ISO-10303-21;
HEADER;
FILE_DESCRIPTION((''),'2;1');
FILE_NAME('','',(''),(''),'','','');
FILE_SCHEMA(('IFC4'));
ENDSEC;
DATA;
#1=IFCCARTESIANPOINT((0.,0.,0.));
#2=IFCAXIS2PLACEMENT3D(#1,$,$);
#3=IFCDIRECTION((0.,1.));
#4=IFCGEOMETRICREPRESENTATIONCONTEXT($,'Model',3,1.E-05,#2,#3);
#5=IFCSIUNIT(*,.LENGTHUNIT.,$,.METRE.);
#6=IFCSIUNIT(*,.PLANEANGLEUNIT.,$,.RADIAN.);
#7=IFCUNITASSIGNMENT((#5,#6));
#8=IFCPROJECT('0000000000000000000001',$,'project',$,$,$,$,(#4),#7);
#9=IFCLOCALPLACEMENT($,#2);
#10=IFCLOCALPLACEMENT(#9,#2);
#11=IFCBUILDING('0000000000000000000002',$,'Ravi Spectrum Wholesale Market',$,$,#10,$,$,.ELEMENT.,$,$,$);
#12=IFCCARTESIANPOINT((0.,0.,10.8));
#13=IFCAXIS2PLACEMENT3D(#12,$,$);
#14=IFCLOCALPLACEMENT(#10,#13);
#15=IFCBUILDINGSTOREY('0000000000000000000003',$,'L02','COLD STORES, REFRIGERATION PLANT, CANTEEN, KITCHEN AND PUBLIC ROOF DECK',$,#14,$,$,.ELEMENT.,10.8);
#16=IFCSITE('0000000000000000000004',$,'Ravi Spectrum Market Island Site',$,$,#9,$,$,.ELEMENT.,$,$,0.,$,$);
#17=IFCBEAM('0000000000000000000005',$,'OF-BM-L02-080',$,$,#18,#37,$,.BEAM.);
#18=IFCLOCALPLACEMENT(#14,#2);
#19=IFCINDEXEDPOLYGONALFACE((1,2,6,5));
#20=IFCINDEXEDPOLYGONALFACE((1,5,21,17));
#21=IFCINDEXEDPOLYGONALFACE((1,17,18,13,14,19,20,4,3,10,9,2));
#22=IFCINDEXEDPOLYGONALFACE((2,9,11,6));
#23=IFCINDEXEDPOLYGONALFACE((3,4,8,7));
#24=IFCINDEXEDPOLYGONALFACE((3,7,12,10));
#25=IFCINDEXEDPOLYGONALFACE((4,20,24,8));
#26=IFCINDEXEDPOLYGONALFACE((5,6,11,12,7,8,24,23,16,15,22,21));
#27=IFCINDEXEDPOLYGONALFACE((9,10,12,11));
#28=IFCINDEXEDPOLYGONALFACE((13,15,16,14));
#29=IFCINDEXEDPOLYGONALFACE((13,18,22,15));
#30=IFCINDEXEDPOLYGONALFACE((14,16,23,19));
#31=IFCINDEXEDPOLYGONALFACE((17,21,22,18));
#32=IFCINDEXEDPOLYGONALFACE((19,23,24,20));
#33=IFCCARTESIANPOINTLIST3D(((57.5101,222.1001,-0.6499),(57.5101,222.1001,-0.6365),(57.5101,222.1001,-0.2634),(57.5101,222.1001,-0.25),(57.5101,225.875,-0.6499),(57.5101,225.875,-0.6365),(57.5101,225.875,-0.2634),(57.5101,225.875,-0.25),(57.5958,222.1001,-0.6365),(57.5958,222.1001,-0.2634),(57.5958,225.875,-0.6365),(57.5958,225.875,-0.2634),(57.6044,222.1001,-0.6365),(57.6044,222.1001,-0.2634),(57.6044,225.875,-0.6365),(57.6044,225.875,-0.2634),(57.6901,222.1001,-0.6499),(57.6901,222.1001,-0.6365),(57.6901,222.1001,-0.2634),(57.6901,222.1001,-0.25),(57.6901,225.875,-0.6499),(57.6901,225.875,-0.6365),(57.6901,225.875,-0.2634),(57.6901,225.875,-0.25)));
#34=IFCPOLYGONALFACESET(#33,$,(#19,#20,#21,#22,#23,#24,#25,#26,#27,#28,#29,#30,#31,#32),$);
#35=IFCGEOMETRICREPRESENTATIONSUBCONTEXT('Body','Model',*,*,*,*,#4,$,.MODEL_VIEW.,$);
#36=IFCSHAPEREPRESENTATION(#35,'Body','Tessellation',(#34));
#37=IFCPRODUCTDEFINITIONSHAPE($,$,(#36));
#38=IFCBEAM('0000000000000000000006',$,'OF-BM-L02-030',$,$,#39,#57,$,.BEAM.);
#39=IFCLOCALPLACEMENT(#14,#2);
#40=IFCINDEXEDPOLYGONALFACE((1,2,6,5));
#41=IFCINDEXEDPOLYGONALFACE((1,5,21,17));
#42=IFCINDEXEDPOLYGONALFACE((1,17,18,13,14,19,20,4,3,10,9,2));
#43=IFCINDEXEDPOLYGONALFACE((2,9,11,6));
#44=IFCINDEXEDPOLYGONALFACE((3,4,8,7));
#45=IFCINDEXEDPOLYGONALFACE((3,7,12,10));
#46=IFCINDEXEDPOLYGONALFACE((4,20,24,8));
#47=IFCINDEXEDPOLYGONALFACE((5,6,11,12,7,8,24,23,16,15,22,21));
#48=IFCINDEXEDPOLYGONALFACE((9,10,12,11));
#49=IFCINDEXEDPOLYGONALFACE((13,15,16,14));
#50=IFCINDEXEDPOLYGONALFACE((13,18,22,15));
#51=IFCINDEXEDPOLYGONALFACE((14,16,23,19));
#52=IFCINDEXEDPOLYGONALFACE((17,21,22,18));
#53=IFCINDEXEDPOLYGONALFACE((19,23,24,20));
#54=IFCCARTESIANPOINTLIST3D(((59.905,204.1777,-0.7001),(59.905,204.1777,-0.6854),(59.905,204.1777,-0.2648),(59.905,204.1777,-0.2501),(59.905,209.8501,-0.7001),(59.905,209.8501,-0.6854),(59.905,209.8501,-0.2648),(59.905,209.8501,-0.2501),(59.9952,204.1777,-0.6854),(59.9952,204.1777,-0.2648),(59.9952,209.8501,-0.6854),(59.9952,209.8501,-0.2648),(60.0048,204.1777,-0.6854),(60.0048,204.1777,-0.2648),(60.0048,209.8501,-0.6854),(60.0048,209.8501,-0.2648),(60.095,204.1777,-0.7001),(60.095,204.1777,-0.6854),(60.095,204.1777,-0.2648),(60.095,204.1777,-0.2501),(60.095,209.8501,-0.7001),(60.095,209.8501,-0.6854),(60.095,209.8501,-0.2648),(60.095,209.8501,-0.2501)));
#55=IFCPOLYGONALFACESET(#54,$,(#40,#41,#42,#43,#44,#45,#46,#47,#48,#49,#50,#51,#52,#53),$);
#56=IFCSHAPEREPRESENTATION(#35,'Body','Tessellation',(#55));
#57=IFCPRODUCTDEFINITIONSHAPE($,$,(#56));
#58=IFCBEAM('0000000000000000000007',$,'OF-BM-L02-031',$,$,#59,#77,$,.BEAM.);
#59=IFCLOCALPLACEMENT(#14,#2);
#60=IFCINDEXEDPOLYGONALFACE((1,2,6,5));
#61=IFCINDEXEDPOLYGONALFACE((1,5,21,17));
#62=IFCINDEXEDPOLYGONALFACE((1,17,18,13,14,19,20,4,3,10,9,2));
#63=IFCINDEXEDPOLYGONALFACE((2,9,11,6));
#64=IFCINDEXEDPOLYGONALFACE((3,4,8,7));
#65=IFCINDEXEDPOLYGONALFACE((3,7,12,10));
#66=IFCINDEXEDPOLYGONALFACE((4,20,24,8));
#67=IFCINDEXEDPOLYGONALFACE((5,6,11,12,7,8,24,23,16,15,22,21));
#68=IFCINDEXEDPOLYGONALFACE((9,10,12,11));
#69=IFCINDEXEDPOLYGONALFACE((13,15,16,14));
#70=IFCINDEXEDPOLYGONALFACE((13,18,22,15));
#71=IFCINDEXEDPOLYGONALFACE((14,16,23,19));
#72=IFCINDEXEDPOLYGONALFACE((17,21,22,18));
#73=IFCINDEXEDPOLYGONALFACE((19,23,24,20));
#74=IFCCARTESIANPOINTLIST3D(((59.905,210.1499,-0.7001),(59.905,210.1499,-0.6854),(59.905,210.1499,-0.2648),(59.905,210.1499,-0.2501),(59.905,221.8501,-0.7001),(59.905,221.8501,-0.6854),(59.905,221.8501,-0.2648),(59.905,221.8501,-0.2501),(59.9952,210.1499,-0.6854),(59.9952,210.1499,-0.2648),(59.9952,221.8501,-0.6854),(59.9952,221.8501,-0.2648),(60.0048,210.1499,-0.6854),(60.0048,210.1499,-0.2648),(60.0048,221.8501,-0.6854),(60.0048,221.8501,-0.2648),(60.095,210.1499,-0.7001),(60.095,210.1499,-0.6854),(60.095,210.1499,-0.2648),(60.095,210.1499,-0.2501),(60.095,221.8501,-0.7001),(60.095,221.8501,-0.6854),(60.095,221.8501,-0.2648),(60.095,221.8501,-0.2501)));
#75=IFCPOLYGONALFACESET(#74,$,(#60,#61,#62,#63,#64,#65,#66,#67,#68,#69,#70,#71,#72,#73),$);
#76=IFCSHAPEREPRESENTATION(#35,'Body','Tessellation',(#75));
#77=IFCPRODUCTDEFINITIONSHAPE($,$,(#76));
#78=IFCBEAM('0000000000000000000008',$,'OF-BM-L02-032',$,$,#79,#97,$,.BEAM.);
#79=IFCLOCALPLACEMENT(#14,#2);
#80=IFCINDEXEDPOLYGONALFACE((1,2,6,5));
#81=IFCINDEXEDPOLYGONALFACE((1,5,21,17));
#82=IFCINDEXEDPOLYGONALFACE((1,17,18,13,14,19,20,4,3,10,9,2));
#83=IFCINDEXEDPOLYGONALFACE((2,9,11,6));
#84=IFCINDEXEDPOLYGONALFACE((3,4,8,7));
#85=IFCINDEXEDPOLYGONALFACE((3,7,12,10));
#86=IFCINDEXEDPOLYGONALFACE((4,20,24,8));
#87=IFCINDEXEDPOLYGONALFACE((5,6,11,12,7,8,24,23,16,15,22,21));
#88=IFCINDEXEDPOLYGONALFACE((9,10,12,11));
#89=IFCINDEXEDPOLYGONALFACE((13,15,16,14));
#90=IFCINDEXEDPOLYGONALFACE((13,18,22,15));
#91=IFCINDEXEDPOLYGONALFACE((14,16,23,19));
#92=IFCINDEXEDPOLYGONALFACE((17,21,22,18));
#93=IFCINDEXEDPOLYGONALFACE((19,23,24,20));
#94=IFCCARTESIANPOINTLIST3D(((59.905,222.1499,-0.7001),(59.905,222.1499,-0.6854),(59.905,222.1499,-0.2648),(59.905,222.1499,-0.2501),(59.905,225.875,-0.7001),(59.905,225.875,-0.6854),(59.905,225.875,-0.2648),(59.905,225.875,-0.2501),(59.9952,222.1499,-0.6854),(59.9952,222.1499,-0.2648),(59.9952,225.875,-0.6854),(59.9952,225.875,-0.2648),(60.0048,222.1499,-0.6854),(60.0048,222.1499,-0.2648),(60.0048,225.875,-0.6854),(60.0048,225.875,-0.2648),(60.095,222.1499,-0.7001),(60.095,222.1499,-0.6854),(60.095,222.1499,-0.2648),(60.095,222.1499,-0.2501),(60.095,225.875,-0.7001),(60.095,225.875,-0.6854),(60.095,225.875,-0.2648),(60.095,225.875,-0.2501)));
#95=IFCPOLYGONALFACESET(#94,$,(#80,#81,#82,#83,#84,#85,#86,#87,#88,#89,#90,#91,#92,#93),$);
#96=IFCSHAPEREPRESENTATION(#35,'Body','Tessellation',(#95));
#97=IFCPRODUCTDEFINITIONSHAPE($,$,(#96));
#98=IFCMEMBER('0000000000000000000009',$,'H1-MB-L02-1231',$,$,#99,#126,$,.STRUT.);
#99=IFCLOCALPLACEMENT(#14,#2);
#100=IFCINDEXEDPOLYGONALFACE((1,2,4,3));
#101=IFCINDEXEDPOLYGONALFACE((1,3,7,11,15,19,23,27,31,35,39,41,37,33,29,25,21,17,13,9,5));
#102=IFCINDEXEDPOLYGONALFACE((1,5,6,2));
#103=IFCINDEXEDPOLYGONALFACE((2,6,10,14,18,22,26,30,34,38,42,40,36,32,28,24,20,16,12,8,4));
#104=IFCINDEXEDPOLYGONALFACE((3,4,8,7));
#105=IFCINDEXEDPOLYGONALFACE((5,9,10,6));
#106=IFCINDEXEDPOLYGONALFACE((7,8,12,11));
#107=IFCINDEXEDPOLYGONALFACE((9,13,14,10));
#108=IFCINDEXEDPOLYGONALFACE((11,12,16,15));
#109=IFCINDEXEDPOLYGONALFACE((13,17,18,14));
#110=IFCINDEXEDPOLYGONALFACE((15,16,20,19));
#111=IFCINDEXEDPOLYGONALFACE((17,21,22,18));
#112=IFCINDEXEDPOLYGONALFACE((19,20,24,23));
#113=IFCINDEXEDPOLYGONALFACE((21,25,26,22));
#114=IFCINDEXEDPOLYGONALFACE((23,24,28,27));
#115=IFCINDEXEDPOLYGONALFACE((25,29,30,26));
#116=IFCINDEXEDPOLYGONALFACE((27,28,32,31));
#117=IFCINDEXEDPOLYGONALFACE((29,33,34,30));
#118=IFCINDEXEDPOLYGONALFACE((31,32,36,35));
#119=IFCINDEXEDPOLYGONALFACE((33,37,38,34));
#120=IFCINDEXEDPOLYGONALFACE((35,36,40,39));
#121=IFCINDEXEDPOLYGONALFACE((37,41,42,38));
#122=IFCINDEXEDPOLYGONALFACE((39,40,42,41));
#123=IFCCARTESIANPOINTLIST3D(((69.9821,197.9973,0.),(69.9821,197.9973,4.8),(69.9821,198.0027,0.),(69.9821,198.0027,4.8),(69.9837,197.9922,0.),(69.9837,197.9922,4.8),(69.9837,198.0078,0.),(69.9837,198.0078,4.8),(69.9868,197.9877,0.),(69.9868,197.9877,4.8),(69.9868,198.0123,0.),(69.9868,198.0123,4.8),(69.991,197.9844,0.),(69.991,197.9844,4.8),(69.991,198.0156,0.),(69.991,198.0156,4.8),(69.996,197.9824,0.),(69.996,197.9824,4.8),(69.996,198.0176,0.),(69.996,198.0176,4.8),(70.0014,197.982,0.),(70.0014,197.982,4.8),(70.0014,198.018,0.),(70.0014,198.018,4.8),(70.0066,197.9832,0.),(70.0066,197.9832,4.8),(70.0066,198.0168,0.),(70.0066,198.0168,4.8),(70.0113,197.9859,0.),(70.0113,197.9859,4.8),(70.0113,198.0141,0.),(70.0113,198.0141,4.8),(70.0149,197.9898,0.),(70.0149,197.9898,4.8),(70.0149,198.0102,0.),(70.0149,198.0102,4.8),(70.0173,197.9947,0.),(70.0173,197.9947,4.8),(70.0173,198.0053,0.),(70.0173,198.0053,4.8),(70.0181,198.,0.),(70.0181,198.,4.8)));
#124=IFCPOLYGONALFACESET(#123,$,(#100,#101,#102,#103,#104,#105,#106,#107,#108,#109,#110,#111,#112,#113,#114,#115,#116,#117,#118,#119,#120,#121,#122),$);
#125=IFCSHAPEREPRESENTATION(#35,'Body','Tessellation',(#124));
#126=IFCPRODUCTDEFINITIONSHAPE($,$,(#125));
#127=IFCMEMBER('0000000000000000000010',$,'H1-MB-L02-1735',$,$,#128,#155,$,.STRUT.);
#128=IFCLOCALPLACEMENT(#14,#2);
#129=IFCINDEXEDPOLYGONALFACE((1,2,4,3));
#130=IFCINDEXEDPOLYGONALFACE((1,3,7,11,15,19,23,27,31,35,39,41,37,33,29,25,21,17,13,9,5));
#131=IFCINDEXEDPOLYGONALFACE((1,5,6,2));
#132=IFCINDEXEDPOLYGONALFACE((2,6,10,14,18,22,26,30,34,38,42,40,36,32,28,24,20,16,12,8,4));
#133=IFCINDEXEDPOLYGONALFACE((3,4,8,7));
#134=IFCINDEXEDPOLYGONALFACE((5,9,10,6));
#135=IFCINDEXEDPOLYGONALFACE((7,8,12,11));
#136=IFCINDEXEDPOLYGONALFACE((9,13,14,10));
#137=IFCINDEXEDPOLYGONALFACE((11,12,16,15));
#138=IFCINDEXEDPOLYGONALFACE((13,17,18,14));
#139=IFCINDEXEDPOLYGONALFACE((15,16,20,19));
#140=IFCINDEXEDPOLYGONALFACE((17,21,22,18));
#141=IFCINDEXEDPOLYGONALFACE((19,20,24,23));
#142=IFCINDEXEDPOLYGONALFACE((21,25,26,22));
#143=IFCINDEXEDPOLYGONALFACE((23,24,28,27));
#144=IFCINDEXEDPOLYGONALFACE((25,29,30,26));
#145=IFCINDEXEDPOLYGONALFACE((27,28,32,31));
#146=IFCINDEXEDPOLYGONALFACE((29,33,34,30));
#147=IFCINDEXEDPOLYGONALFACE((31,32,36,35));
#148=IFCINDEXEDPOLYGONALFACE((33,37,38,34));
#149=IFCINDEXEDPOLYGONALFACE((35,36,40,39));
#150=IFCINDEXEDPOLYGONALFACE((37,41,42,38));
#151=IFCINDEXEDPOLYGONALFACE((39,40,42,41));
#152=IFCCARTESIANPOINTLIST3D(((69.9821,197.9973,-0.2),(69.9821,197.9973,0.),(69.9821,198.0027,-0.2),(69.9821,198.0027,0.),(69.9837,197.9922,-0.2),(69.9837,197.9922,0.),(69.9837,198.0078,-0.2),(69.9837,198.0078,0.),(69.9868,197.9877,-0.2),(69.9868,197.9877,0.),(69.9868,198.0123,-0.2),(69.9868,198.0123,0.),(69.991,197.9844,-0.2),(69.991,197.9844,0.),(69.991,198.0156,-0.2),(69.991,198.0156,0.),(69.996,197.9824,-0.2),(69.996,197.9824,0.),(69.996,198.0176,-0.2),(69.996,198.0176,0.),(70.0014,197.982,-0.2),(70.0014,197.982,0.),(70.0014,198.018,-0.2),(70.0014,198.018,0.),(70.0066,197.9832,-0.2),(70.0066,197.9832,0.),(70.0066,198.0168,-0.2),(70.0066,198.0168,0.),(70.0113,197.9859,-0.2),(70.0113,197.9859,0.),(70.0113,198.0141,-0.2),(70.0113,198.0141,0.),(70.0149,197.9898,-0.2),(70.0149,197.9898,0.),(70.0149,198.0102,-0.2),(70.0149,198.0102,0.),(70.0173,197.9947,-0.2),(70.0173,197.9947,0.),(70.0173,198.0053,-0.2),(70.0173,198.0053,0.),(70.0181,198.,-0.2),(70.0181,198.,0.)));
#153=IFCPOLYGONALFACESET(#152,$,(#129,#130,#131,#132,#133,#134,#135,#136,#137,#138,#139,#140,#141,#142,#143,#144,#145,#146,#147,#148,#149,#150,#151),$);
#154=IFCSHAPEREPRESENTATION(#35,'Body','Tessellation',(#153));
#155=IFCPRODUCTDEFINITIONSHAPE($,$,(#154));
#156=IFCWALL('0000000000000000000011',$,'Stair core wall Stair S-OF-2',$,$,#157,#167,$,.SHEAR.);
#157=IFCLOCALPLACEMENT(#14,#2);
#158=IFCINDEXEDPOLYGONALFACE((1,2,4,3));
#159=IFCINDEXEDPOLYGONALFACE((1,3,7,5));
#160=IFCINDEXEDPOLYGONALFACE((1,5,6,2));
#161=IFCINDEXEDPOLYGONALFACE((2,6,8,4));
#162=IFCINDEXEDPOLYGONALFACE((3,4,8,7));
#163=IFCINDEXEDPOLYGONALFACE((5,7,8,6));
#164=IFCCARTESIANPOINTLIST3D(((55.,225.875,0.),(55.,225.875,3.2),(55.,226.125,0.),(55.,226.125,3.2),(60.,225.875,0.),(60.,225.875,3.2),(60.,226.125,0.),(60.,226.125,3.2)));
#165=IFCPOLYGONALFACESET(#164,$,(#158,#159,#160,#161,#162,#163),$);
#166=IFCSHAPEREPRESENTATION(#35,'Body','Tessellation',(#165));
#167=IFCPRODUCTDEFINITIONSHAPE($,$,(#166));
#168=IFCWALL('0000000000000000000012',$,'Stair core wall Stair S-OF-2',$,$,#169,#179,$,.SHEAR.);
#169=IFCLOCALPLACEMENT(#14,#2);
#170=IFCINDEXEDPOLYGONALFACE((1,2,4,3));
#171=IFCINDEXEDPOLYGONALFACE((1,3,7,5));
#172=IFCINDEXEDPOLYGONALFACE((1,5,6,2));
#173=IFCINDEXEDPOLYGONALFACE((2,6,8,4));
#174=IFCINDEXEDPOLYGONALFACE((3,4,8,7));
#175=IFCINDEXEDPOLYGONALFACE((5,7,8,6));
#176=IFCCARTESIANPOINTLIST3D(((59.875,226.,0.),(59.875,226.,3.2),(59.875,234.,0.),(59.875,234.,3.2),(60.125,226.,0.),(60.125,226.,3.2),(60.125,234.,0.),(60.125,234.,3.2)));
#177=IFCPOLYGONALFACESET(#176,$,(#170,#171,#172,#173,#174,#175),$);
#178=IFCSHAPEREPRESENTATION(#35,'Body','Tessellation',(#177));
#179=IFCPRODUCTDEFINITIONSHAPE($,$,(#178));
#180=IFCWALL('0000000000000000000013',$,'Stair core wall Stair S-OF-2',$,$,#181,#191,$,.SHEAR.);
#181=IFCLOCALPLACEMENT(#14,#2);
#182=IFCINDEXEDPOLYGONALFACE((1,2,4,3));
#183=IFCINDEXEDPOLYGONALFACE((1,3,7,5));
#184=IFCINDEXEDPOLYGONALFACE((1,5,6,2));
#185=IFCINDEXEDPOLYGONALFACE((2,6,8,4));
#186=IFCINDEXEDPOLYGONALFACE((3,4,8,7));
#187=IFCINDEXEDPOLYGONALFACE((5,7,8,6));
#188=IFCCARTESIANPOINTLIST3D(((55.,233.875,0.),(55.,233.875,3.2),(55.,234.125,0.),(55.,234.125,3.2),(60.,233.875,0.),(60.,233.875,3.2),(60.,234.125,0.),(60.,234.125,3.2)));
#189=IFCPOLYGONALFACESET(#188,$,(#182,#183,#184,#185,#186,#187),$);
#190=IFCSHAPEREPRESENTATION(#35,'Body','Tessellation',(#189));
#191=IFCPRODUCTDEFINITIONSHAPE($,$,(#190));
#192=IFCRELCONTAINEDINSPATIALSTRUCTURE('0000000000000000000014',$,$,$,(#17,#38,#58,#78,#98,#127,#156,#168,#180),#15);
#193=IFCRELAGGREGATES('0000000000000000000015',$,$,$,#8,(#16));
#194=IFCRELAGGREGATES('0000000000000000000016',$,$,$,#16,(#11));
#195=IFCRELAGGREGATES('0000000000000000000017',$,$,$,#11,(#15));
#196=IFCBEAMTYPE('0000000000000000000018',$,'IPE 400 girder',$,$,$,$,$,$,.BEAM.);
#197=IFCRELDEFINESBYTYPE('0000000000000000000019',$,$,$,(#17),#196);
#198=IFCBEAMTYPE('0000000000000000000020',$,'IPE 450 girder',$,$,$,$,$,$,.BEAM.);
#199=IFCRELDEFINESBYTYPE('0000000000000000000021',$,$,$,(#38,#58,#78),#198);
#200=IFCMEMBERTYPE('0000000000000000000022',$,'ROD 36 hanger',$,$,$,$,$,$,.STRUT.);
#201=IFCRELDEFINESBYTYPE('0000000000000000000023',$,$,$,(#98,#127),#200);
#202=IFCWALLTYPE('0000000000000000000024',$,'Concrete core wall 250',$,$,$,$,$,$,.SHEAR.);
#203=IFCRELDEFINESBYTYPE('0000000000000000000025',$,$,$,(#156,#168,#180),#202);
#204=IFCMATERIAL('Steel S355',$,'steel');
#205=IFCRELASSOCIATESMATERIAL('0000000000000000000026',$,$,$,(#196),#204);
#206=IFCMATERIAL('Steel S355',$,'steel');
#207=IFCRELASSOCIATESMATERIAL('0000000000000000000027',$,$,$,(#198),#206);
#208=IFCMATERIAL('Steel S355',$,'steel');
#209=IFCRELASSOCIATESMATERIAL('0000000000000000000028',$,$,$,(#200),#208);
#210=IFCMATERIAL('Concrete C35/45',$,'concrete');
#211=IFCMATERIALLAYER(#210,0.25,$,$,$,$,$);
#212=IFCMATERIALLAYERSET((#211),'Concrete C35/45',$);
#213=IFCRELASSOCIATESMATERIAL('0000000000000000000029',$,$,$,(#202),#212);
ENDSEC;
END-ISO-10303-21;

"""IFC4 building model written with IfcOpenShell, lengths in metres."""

from ifc_helpers import new_model, si_unit, direction, frame, frame_2d, origin, origin_2d, place, context, subcontext, project, spatial, rectangle, circle, i_section, extrude, material, layer, layer_set, material_profile, profile_set, type_object, element, save


model = new_model("IFC4")

# Units and contexts
model_context = context("Model", 3, precision=1e-05, world=origin(), true_north=direction((0.0, 1.0)))
body_context = subcontext(model_context, "Body", "Model", "MODEL_VIEW")
ifc_project = project(units=[si_unit("LENGTHUNIT", "METRE"), si_unit("PLANEANGLEUNIT", "RADIAN")], contexts=[model_context])

# Site, building, storey
site_placement = place(None, origin())
site = spatial("IfcSite", under=ifc_project, at=site_placement, Name="Ravi Spectrum Market Island Site", CompositionType="ELEMENT", RefElevation=0.0)
building_placement = place(site_placement, origin())
building = spatial("IfcBuilding", under=site, at=building_placement, Name="Ravi Spectrum Wholesale Market", CompositionType="ELEMENT")
storey_placement = place(building_placement, frame((0.0, 0.0, 10.8)))
storey = spatial("IfcBuildingStorey", under=building, at=storey_placement, Name="L02", Description="COLD STORES, REFRIGERATION PLANT, CANTEEN, KITCHEN AND PUBLIC ROOF DECK", CompositionType="ELEMENT", Elevation=10.8)

# Beams
ifc_material_1 = material(Name="Steel S355", Category="steel")
ifc_material_profile_1 = material_profile(ifc_material_1, i_section(OverallWidth=0.1799, OverallDepth=0.3999, WebThickness=0.0085, FlangeThickness=0.0134, at=origin_2d()))
ifc_profile_set_1 = profile_set([ifc_material_profile_1], Name="Steel S355")
beam_type_1 = type_object("IfcBeamType", Name="IPE 400 girder", PredefinedType="BEAM", material=ifc_profile_set_1)
for number, where, z_axis, x_axis, name in (
    (1, (57.6001, 222.1001, -0.45), (0.0, 1.0, 0.0), (-1.0, 0.0, 0.0), "OF-BM-L02-080"),
):
    element("IfcBeam", number, at=place(storey_placement, frame(where, z_axis=z_axis, x_axis=x_axis)), inside=storey, type_object=beam_type_1, Name=name, PredefinedType="BEAM", context=body_context, shape_type="SweptSolid", body=[
        extrude(i_section(OverallWidth=0.1799, OverallDepth=0.3999, WebThickness=0.0085, FlangeThickness=0.0134, at=origin_2d()), origin(), (0.0, 0.0, 1.0), 3.7749),
    ])
ifc_material_2 = material(Name="Steel S355", Category="steel")
ifc_material_profile_2 = material_profile(ifc_material_2, i_section(OverallWidth=0.1899, OverallDepth=0.45, WebThickness=0.0095, FlangeThickness=0.0146, at=origin_2d()))
ifc_profile_set_2 = profile_set([ifc_material_profile_2], Name="Steel S355")
beam_type_2 = type_object("IfcBeamType", Name="IPE 450 girder", PredefinedType="BEAM", material=ifc_profile_set_2)
beam_1_placement = place(storey_placement, frame((60.0, 204.1777, -0.4751), z_axis=(0.0, 1.0, 0.0), x_axis=(-1.0, 0.0, 0.0)))
element("IfcBeam", 2, at=beam_1_placement, inside=storey, type_object=beam_type_2, Name="OF-BM-L02-030", PredefinedType="BEAM", context=body_context, shape_type="SweptSolid", body=[
    extrude(i_section(OverallWidth=0.1899, OverallDepth=0.45, WebThickness=0.0095, FlangeThickness=0.0146, at=origin_2d()), origin(), (0.0, 0.0, 1.0), 5.6724),
])
beam_2_placement = place(storey_placement, frame((60.0, 210.1499, -0.4751), z_axis=(0.0, 1.0, 0.0), x_axis=(-1.0, 0.0, 0.0)))
element("IfcBeam", 3, at=beam_2_placement, inside=storey, type_object=beam_type_2, Name="OF-BM-L02-031", PredefinedType="BEAM", context=body_context, shape_type="SweptSolid", body=[
    extrude(i_section(OverallWidth=0.1899, OverallDepth=0.45, WebThickness=0.0095, FlangeThickness=0.0146, at=origin_2d()), origin(), (0.0, 0.0, 1.0), 11.7002),
])
beam_3_placement = place(storey_placement, frame((60.0, 222.1499, -0.4751), z_axis=(0.0, 1.0, 0.0), x_axis=(-1.0, 0.0, 0.0)))
element("IfcBeam", 4, at=beam_3_placement, inside=storey, type_object=beam_type_2, Name="OF-BM-L02-032", PredefinedType="BEAM", context=body_context, shape_type="SweptSolid", body=[
    extrude(i_section(OverallWidth=0.1899, OverallDepth=0.45, WebThickness=0.0095, FlangeThickness=0.0146, at=origin_2d()), origin(), (0.0, 0.0, 1.0), 3.7251),
])

# Members
ifc_material_3 = material(Name="Steel S355", Category="steel")
ifc_material_profile_3 = material_profile(ifc_material_3, circle(Radius=0.0181, at=origin_2d()))
ifc_profile_set_3 = profile_set([ifc_material_profile_3], Name="Steel S355")
member_type_1 = type_object("IfcMemberType", Name="ROD 36 hanger", PredefinedType="STRUT", material=ifc_profile_set_3)
member_1_placement = place(storey_placement, frame((70.0, 198.0, 0.0), z_axis=(0.0, 0.0, 1.0), x_axis=(1.0, 0.0, 0.0)))
element("IfcMember", 5, at=member_1_placement, inside=storey, type_object=member_type_1, Name="H1-MB-L02-1231", PredefinedType="STRUT", context=body_context, shape_type="SweptSolid", body=[
    extrude(circle(Radius=0.0181, at=origin_2d()), origin(), (0.0, 0.0, 1.0), 4.8),
])
member_2_placement = place(storey_placement, frame((70.0, 198.0, 0.0), z_axis=(0.0, 0.0, -1.0), x_axis=(1.0, 0.0, 0.0)))
element("IfcMember", 6, at=member_2_placement, inside=storey, type_object=member_type_1, Name="H1-MB-L02-1735", PredefinedType="STRUT", context=body_context, shape_type="SweptSolid", body=[
    extrude(circle(Radius=0.0181, at=origin_2d()), origin(), (0.0, 0.0, 1.0), 0.2),
])

# Walls
ifc_material_4 = material(Name="Concrete C35/45", Category="concrete")
ifc_layer = layer(ifc_material_4, 0.25)
ifc_layer_set = layer_set([ifc_layer], Name="Concrete C35/45")
wall_type = type_object("IfcWallType", Name="Concrete core wall 250", PredefinedType="SHEAR", material=ifc_layer_set)
wall_1_placement = place(storey_placement, frame((55.0, 226.0, 0.0), z_axis=(0.0, 0.0, 1.0), x_axis=(1.0, 0.0, 0.0)))
element("IfcWall", 7, at=wall_1_placement, inside=storey, type_object=wall_type, Name="Stair core wall Stair S-OF-2", PredefinedType="SHEAR", context=body_context, shape_type="SweptSolid", body=[
    extrude(rectangle(XDim=5.0, YDim=0.25, at=frame_2d((2.5, 0.0))), origin(), (0.0, 0.0, 1.0), 3.2),
])
wall_2_placement = place(storey_placement, frame((60.0, 226.0, 0.0), z_axis=(0.0, 0.0, 1.0), x_axis=(0.0, 1.0, 0.0)))
element("IfcWall", 8, at=wall_2_placement, inside=storey, type_object=wall_type, Name="Stair core wall Stair S-OF-2", PredefinedType="SHEAR", context=body_context, shape_type="SweptSolid", body=[
    extrude(rectangle(XDim=8.0, YDim=0.25, at=frame_2d((4.0, 0.0))), origin(), (0.0, 0.0, 1.0), 3.2),
])
wall_3_placement = place(storey_placement, frame((55.0, 234.0, 0.0), z_axis=(0.0, 0.0, 1.0), x_axis=(1.0, 0.0, 0.0)))
element("IfcWall", 9, at=wall_3_placement, inside=storey, type_object=wall_type, Name="Stair core wall Stair S-OF-2", PredefinedType="SHEAR", context=body_context, shape_type="SweptSolid", body=[
    extrude(rectangle(XDim=5.0, YDim=0.25, at=frame_2d((2.5, 0.0))), origin(), (0.0, 0.0, 1.0), 3.2),
])

save(model, "model.ifc")
